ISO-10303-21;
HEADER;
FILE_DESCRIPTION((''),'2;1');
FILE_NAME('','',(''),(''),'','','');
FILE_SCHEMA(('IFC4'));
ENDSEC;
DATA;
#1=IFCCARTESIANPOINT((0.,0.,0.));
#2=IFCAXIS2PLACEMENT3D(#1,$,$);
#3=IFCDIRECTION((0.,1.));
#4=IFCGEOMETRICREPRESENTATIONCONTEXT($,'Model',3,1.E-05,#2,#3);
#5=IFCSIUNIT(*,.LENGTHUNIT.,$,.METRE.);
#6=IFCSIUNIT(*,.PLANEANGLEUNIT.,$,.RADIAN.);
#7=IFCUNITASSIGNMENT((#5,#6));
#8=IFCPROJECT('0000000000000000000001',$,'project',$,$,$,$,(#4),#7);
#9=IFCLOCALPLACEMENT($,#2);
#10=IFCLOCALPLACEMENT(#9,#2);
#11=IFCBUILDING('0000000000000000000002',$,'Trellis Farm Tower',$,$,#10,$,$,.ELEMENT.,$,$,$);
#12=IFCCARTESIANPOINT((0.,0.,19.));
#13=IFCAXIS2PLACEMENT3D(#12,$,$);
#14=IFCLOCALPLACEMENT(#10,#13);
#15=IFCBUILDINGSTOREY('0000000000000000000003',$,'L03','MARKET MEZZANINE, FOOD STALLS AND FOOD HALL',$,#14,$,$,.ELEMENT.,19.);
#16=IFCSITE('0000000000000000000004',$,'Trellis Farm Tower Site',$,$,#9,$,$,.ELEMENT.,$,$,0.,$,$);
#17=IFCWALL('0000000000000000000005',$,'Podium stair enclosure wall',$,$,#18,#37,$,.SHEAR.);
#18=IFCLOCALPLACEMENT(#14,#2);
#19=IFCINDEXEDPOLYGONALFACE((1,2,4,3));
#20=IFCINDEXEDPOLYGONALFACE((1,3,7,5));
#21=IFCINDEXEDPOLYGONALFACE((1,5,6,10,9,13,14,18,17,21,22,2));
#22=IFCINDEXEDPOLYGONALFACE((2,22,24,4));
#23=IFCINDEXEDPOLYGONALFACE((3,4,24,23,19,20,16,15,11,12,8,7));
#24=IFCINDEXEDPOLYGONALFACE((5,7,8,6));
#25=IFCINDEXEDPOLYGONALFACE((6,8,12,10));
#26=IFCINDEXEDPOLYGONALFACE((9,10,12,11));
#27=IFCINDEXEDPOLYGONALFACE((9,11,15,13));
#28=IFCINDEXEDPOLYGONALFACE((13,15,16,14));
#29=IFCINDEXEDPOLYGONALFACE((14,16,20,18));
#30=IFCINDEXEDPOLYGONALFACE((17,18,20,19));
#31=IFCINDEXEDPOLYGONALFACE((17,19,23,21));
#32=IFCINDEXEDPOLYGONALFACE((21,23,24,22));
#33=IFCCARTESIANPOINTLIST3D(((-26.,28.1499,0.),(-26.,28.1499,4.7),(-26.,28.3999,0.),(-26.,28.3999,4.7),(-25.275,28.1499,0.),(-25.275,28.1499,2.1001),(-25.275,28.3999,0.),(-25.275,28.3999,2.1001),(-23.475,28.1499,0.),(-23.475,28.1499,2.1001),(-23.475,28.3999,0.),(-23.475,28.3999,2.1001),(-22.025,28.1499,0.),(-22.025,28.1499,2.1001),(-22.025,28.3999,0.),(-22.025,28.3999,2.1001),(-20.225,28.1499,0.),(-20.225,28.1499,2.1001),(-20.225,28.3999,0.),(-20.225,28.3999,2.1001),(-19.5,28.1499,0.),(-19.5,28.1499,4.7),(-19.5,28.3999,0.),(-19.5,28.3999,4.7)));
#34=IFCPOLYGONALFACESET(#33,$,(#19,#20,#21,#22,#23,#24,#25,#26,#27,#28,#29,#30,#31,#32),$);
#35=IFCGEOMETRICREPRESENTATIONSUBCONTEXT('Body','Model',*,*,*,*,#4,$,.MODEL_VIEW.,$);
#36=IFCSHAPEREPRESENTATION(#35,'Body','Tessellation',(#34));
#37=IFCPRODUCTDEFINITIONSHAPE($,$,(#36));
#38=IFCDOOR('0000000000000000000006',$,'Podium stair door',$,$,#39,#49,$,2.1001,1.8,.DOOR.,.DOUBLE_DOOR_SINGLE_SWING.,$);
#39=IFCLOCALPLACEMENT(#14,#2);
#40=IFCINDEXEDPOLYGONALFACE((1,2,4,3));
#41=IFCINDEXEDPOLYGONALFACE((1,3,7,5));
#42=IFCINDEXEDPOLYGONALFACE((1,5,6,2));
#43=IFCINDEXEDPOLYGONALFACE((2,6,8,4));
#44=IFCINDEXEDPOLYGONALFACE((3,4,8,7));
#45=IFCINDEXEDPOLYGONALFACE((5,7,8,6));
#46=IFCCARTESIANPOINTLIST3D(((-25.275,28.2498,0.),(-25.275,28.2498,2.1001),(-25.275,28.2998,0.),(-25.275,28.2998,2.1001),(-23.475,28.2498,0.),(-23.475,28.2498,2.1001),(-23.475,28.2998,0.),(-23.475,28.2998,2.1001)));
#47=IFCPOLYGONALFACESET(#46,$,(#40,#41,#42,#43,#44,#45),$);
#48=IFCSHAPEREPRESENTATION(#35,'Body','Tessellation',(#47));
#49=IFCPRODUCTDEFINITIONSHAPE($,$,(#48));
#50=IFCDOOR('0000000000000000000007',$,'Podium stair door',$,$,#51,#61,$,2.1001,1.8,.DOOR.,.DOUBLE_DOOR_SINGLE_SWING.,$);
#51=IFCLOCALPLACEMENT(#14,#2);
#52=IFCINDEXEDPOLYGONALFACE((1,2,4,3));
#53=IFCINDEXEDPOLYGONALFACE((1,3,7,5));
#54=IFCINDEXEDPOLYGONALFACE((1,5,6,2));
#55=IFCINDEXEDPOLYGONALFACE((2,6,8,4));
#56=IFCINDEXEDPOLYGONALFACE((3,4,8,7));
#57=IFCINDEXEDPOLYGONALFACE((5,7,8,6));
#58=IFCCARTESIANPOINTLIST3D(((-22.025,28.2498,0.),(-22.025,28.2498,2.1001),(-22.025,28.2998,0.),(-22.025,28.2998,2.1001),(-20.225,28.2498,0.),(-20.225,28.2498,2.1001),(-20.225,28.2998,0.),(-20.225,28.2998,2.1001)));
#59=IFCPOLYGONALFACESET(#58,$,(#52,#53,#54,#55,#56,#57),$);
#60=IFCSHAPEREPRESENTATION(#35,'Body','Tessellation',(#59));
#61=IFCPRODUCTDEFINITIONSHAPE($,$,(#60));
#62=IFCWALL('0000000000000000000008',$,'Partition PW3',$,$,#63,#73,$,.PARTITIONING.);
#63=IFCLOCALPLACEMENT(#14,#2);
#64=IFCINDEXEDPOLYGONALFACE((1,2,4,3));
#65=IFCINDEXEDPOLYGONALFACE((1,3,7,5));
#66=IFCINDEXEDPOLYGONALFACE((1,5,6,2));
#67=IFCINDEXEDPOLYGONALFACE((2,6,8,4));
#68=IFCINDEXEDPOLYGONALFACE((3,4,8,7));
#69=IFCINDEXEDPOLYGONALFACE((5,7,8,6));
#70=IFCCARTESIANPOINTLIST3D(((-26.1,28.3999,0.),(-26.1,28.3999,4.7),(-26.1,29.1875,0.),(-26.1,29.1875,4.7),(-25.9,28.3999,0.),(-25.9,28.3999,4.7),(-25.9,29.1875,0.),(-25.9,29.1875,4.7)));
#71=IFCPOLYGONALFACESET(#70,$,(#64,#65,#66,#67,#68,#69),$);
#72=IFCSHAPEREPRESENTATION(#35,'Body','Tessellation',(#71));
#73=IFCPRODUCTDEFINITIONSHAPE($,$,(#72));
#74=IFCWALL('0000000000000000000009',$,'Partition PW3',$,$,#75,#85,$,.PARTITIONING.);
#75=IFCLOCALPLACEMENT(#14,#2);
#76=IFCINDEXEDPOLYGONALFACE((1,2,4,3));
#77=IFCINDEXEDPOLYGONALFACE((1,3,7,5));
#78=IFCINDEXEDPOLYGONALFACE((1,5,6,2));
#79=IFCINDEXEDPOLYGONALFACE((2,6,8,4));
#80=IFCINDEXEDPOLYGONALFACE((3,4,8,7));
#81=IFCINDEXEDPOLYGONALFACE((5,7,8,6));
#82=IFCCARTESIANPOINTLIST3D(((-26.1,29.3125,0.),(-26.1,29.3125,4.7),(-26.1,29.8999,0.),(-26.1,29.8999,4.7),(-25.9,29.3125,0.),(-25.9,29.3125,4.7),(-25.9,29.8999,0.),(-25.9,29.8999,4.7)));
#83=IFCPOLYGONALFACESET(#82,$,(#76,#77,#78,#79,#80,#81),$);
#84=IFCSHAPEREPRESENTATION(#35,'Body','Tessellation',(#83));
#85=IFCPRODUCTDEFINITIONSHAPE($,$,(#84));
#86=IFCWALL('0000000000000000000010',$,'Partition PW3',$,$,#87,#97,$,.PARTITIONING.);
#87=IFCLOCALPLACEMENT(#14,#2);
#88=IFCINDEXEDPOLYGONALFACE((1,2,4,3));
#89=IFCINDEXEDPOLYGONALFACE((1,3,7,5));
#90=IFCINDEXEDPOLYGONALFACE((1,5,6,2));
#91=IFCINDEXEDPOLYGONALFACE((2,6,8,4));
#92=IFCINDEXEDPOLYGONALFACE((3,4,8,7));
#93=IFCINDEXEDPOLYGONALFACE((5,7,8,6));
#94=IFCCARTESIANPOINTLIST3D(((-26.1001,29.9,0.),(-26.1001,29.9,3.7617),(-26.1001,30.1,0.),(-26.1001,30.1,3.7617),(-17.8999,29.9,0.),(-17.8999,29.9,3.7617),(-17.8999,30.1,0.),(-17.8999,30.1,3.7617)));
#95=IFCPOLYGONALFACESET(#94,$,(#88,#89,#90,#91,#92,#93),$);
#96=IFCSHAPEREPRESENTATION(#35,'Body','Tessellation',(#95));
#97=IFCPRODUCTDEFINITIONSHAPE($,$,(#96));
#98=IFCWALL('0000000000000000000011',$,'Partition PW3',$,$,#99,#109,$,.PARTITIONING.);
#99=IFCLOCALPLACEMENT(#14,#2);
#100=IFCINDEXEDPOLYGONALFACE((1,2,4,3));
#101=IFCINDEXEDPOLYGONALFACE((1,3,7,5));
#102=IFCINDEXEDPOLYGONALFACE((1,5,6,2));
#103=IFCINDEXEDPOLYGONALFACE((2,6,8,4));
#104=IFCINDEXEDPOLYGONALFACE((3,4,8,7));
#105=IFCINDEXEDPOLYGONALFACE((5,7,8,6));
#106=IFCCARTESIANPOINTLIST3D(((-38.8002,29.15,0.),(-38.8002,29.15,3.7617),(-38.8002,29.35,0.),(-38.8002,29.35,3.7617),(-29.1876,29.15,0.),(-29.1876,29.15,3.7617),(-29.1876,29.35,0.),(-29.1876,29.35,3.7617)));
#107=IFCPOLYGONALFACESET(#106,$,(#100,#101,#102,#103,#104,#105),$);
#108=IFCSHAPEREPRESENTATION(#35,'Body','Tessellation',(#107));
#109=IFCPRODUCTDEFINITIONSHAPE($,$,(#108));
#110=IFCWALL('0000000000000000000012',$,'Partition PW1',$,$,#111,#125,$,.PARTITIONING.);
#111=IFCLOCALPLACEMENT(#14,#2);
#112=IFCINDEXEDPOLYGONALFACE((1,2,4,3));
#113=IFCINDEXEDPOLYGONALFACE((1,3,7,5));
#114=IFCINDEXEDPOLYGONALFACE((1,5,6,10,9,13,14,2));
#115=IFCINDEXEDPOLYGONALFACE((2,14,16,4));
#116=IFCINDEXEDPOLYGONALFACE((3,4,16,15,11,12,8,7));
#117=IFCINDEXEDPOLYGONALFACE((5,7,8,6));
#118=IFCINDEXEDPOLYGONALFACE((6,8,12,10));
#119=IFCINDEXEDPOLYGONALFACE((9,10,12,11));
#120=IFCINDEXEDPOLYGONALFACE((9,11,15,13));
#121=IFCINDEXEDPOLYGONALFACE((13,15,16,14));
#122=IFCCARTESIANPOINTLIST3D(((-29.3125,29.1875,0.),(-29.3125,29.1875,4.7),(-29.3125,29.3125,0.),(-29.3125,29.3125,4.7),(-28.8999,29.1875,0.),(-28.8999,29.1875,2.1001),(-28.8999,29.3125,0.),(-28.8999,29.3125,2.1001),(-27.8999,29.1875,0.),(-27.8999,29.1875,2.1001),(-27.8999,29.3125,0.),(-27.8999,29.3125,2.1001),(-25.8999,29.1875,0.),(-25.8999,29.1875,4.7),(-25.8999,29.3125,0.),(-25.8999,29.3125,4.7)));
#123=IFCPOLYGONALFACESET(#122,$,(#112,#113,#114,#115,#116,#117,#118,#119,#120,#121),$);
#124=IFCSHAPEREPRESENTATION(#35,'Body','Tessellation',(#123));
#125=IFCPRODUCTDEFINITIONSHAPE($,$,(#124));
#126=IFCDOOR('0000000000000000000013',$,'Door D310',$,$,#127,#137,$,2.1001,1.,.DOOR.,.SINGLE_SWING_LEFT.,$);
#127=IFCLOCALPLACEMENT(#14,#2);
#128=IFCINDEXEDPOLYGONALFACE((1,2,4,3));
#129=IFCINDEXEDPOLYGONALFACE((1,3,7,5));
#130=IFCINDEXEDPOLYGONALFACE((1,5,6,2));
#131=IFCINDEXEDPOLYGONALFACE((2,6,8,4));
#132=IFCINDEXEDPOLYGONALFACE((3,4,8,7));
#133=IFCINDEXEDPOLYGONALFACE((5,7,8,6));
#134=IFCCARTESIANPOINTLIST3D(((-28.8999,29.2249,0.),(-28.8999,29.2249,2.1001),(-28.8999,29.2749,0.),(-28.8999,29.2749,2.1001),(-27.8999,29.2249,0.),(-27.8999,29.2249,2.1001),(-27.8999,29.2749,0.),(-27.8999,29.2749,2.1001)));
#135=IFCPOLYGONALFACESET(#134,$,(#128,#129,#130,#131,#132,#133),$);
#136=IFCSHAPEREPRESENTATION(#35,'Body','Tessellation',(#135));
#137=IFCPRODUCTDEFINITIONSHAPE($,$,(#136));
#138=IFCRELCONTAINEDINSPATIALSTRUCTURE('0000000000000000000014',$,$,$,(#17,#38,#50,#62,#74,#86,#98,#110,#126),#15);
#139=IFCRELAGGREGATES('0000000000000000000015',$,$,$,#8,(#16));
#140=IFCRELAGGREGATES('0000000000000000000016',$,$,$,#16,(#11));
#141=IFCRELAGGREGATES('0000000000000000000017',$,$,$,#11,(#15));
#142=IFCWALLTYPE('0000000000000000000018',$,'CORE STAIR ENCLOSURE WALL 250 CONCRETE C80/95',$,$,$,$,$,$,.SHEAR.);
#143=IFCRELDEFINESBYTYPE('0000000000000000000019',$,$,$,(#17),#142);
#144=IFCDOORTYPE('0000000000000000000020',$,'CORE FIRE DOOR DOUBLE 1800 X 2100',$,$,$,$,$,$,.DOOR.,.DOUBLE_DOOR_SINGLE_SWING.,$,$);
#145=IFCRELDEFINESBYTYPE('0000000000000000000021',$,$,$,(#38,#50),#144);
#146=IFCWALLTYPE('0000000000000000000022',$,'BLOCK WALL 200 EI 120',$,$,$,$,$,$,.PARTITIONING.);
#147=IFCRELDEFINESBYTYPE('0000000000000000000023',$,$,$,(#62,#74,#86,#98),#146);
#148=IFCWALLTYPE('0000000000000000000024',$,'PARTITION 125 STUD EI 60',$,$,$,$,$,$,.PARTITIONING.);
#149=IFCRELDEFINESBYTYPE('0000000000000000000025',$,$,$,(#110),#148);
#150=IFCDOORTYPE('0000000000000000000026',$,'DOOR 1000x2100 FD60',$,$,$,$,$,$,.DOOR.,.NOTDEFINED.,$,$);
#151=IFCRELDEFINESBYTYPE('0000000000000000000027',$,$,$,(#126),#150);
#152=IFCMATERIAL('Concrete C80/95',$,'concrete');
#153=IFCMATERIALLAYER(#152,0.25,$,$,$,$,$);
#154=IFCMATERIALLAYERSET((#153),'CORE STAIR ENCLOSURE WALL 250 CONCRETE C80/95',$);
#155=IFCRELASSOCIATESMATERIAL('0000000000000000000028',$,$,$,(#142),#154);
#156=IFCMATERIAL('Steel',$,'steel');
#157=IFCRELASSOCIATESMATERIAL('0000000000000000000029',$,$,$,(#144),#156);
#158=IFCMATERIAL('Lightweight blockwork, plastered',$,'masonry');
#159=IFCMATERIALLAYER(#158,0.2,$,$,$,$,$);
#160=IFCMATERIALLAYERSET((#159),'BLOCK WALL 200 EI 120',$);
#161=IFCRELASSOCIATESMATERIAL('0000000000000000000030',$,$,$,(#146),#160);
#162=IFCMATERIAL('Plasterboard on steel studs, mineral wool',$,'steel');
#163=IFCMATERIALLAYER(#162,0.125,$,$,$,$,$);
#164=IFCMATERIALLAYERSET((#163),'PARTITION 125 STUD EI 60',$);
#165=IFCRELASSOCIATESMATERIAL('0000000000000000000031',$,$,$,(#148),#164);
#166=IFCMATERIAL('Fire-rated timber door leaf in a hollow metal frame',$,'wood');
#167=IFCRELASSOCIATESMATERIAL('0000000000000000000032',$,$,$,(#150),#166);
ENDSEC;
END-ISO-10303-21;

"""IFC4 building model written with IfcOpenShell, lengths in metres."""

from ifc_helpers import new_model, si_unit, direction, frame, frame_2d, origin, place, context, subcontext, project, spatial, rectangle, extrude, source, transform, mapped, material, layer, layer_set, type_object, element, fill, save


model = new_model("IFC4")

# Units and contexts
model_context = context("Model", 3, precision=1e-05, world=origin(), true_north=direction((0.0, 1.0)))
body_context = subcontext(model_context, "Body", "Model", "MODEL_VIEW")
ifc_project = project(units=[si_unit("LENGTHUNIT", "METRE"), si_unit("PLANEANGLEUNIT", "RADIAN")], contexts=[model_context])

# Site, building, storey
site_placement = place(None, origin())
site = spatial("IfcSite", under=ifc_project, at=site_placement, Name="Trellis Farm Tower Site", CompositionType="ELEMENT", RefElevation=0.0)
building_placement = place(site_placement, origin())
building = spatial("IfcBuilding", under=site, at=building_placement, Name="Trellis Farm Tower", CompositionType="ELEMENT")
storey_placement = place(building_placement, frame((0.0, 0.0, 19.0)))
storey = spatial("IfcBuildingStorey", under=building, at=storey_placement, Name="L03", Description="MARKET MEZZANINE, FOOD STALLS AND FOOD HALL", CompositionType="ELEMENT", Elevation=19.0)

# Wall, openings, doors
ifc_material_1 = material(Name="Concrete C80/95", Category="concrete")
ifc_layer_1 = layer(ifc_material_1, 0.25)
ifc_layer_set_1 = layer_set([ifc_layer_1], Name="CORE STAIR ENCLOSURE WALL 250 CONCRETE C80/95")
wall_type_1 = type_object("IfcWallType", Name="CORE STAIR ENCLOSURE WALL 250 CONCRETE C80/95", PredefinedType="SHEAR", material=ifc_layer_set_1)
shared_shape_1 = source(origin(), body_context, "Body", "SweptSolid", [
    extrude(rectangle(XDim=6.5, YDim=0.25, at=frame_2d((3.25, 0.0))), origin(), (0.0, 0.0, 1.0), 4.7),
])
wall_1_placement = place(storey_placement, frame((-26.0, 28.2749, 0.0), z_axis=(0.0, 0.0, 1.0), x_axis=(1.0, 0.0, 0.0)))
wall_1 = element("IfcWall", 1, at=wall_1_placement, inside=storey, type_object=wall_type_1, Name="Podium stair enclosure wall", PredefinedType="SHEAR", context=body_context, shape_type="MappedRepresentation", body=[
    mapped(shared_shape_1, transform((0.0, 0.0, 0.0))),
])
shared_shape_2 = source(origin(), body_context, "Body", "SweptSolid", [
    extrude(rectangle(XDim=1.8, YDim=2.1001, at=frame_2d((0.8999, 1.05))), frame((0.0, 0.135, 0.0), z_axis=(0.0, -1.0, 0.0), x_axis=(1.0, 0.0, 0.0)), (0.0, 0.0, 1.0), 0.27),
])
opening_1_placement = place(wall_1_placement, frame((0.7251, 0.0, 0.0)))
opening_1 = element("IfcOpeningElement", 2, at=opening_1_placement, cuts=wall_1, PredefinedType="OPENING", context=body_context, shape_type="MappedRepresentation", body=[
    mapped(shared_shape_2, transform((0.0, 0.0, 0.0))),
])
opening_2_placement = place(wall_1_placement, frame((3.9751, 0.0, 0.0)))
opening_2 = element("IfcOpeningElement", 3, at=opening_2_placement, cuts=wall_1, PredefinedType="OPENING", context=body_context, shape_type="MappedRepresentation", body=[
    mapped(shared_shape_2, transform((0.0, 0.0, 0.0))),
])
ifc_material_2 = material(Name="Steel", Category="steel")
door_type_1 = type_object("IfcDoorType", Name="CORE FIRE DOOR DOUBLE 1800 X 2100", OperationType="DOUBLE_DOOR_SINGLE_SWING", PredefinedType="DOOR", material=ifc_material_2)
shared_shape_3 = source(origin(), body_context, "Body", "SweptSolid", [
    extrude(rectangle(XDim=1.8, YDim=2.1001, at=frame_2d((0.8999, 1.05))), frame((0.0, 0.0249, 0.0), z_axis=(0.0, -1.0, 0.0), x_axis=(1.0, 0.0, 0.0)), (0.0, 0.0, 1.0), 0.05),
])
door_1_placement = place(opening_1_placement, origin())
door_1 = element("IfcDoor", 4, at=door_1_placement, inside=storey, type_object=door_type_1, Name="Podium stair door", OperationType="DOUBLE_DOOR_SINGLE_SWING", OverallHeight=2.1001, OverallWidth=1.8, PredefinedType="DOOR", context=body_context, shape_type="MappedRepresentation", body=[
    mapped(shared_shape_3, transform((0.0, 0.0, 0.0))),
])
fill(opening_1, door_1)
door_2_placement = place(opening_2_placement, origin())
door_2 = element("IfcDoor", 5, at=door_2_placement, inside=storey, type_object=door_type_1, Name="Podium stair door", OperationType="DOUBLE_DOOR_SINGLE_SWING", OverallHeight=2.1001, OverallWidth=1.8, PredefinedType="DOOR", context=body_context, shape_type="MappedRepresentation", body=[
    mapped(shared_shape_3, transform((0.0, 0.0, 0.0))),
])
fill(opening_2, door_2)

# Walls
ifc_material_3 = material(Name="Lightweight blockwork, plastered", Category="masonry")
ifc_layer_2 = layer(ifc_material_3, 0.2)
ifc_layer_set_2 = layer_set([ifc_layer_2], Name="BLOCK WALL 200 EI 120")
wall_type_2 = type_object("IfcWallType", Name="BLOCK WALL 200 EI 120", PredefinedType="PARTITIONING", material=ifc_layer_set_2)
shared_shape_4 = source(origin(), body_context, "Body", "SweptSolid", [
    extrude(rectangle(XDim=0.7876, YDim=0.2, at=frame_2d((0.3938, 0.0))), origin(), (0.0, 0.0, 1.0), 4.7),
])
wall_2_placement = place(storey_placement, frame((-26.0, 28.3999, 0.0), z_axis=(0.0, 0.0, 1.0), x_axis=(0.0, 1.0, 0.0)))
element("IfcWall", 6, at=wall_2_placement, inside=storey, type_object=wall_type_2, Name="Partition PW3", PredefinedType="PARTITIONING", context=body_context, shape_type="MappedRepresentation", body=[
    mapped(shared_shape_4, transform((0.0, 0.0, 0.0))),
])
shared_shape_5 = source(origin(), body_context, "Body", "SweptSolid", [
    extrude(rectangle(XDim=0.5874, YDim=0.2, at=frame_2d((0.2937, 0.0))), origin(), (0.0, 0.0, 1.0), 4.7),
])
wall_3_placement = place(storey_placement, frame((-26.0, 29.3125, 0.0), z_axis=(0.0, 0.0, 1.0), x_axis=(0.0, 1.0, 0.0)))
element("IfcWall", 7, at=wall_3_placement, inside=storey, type_object=wall_type_2, Name="Partition PW3", PredefinedType="PARTITIONING", context=body_context, shape_type="MappedRepresentation", body=[
    mapped(shared_shape_5, transform((0.0, 0.0, 0.0))),
])
shared_shape_6 = source(origin(), body_context, "Body", "SweptSolid", [
    extrude(rectangle(XDim=8.2002, YDim=0.2, at=frame_2d((4.1001, 0.0))), origin(), (0.0, 0.0, 1.0), 3.7617),
])
wall_4_placement = place(storey_placement, frame((-26.1001, 30.0, 0.0), z_axis=(0.0, 0.0, 1.0), x_axis=(1.0, 0.0, 0.0)))
element("IfcWall", 8, at=wall_4_placement, inside=storey, type_object=wall_type_2, Name="Partition PW3", PredefinedType="PARTITIONING", context=body_context, shape_type="MappedRepresentation", body=[
    mapped(shared_shape_6, transform((0.0, 0.0, 0.0))),
])
shared_shape_7 = source(origin(), body_context, "Body", "SweptSolid", [
    extrude(rectangle(XDim=9.6125, YDim=0.2, at=frame_2d((4.8062, 0.0))), origin(), (0.0, 0.0, 1.0), 3.7617),
])
wall_5_placement = place(storey_placement, frame((-38.8, 29.25, 0.0), z_axis=(0.0, 0.0, 1.0), x_axis=(1.0, 0.0, 0.0)))
element("IfcWall", 9, at=wall_5_placement, inside=storey, type_object=wall_type_2, Name="Partition PW3", PredefinedType="PARTITIONING", context=body_context, shape_type="MappedRepresentation", body=[
    mapped(shared_shape_7, transform((0.0, 0.0, 0.0))),
])

# Wall, opening, door
ifc_material_4 = material(Name="Plasterboard on steel studs, mineral wool", Category="steel")
ifc_layer_3 = layer(ifc_material_4, 0.125)
ifc_layer_set_3 = layer_set([ifc_layer_3], Name="PARTITION 125 STUD EI 60")
wall_type_3 = type_object("IfcWallType", Name="PARTITION 125 STUD EI 60", PredefinedType="PARTITIONING", material=ifc_layer_set_3)
shared_shape_8 = source(origin(), body_context, "Body", "SweptSolid", [
    extrude(rectangle(XDim=3.4126, YDim=0.125, at=frame_2d((1.7063, 0.0))), origin(), (0.0, 0.0, 1.0), 4.7),
])
wall_6_placement = place(storey_placement, frame((-29.3125, 29.25, 0.0), z_axis=(0.0, 0.0, 1.0), x_axis=(1.0, 0.0, 0.0)))
wall_6 = element("IfcWall", 10, at=wall_6_placement, inside=storey, type_object=wall_type_3, Name="Partition PW1", PredefinedType="PARTITIONING", context=body_context, shape_type="MappedRepresentation", body=[
    mapped(shared_shape_8, transform((0.0, 0.0, 0.0))),
])
shared_shape_9 = source(origin(), body_context, "Body", "SweptSolid", [
    extrude(rectangle(XDim=1.0, YDim=2.1001, at=frame_2d((0.5, 1.05))), frame((0.0, 0.0725, 0.0), z_axis=(0.0, -1.0, 0.0), x_axis=(1.0, 0.0, 0.0)), (0.0, 0.0, 1.0), 0.145),
])
opening_3_placement = place(wall_6_placement, frame((0.4126, 0.0, 0.0)))
opening_3 = element("IfcOpeningElement", 11, at=opening_3_placement, cuts=wall_6, PredefinedType="OPENING", context=body_context, shape_type="MappedRepresentation", body=[
    mapped(shared_shape_9, transform((0.0, 0.0, 0.0))),
])
ifc_material_5 = material(Name="Fire-rated timber door leaf in a hollow metal frame", Category="wood")
door_type_2 = type_object("IfcDoorType", Name="DOOR 1000x2100 FD60", OperationType="NOTDEFINED", PredefinedType="DOOR", material=ifc_material_5)
shared_shape_10 = source(origin(), body_context, "Body", "SweptSolid", [
    extrude(rectangle(XDim=1.0, YDim=2.1001, at=frame_2d((0.5, 1.05))), frame((0.0, 0.0249, 0.0), z_axis=(0.0, -1.0, 0.0), x_axis=(1.0, 0.0, 0.0)), (0.0, 0.0, 1.0), 0.05),
])
door_3_placement = place(opening_3_placement, origin())
door_3 = element("IfcDoor", 12, at=door_3_placement, inside=storey, type_object=door_type_2, Name="Door D310", OperationType="SINGLE_SWING_LEFT", OverallHeight=2.1001, OverallWidth=1.0, PredefinedType="DOOR", context=body_context, shape_type="MappedRepresentation", body=[
    mapped(shared_shape_10, transform((0.0, 0.0, 0.0))),
])
fill(opening_3, door_3)

save(model, "model.ifc")
